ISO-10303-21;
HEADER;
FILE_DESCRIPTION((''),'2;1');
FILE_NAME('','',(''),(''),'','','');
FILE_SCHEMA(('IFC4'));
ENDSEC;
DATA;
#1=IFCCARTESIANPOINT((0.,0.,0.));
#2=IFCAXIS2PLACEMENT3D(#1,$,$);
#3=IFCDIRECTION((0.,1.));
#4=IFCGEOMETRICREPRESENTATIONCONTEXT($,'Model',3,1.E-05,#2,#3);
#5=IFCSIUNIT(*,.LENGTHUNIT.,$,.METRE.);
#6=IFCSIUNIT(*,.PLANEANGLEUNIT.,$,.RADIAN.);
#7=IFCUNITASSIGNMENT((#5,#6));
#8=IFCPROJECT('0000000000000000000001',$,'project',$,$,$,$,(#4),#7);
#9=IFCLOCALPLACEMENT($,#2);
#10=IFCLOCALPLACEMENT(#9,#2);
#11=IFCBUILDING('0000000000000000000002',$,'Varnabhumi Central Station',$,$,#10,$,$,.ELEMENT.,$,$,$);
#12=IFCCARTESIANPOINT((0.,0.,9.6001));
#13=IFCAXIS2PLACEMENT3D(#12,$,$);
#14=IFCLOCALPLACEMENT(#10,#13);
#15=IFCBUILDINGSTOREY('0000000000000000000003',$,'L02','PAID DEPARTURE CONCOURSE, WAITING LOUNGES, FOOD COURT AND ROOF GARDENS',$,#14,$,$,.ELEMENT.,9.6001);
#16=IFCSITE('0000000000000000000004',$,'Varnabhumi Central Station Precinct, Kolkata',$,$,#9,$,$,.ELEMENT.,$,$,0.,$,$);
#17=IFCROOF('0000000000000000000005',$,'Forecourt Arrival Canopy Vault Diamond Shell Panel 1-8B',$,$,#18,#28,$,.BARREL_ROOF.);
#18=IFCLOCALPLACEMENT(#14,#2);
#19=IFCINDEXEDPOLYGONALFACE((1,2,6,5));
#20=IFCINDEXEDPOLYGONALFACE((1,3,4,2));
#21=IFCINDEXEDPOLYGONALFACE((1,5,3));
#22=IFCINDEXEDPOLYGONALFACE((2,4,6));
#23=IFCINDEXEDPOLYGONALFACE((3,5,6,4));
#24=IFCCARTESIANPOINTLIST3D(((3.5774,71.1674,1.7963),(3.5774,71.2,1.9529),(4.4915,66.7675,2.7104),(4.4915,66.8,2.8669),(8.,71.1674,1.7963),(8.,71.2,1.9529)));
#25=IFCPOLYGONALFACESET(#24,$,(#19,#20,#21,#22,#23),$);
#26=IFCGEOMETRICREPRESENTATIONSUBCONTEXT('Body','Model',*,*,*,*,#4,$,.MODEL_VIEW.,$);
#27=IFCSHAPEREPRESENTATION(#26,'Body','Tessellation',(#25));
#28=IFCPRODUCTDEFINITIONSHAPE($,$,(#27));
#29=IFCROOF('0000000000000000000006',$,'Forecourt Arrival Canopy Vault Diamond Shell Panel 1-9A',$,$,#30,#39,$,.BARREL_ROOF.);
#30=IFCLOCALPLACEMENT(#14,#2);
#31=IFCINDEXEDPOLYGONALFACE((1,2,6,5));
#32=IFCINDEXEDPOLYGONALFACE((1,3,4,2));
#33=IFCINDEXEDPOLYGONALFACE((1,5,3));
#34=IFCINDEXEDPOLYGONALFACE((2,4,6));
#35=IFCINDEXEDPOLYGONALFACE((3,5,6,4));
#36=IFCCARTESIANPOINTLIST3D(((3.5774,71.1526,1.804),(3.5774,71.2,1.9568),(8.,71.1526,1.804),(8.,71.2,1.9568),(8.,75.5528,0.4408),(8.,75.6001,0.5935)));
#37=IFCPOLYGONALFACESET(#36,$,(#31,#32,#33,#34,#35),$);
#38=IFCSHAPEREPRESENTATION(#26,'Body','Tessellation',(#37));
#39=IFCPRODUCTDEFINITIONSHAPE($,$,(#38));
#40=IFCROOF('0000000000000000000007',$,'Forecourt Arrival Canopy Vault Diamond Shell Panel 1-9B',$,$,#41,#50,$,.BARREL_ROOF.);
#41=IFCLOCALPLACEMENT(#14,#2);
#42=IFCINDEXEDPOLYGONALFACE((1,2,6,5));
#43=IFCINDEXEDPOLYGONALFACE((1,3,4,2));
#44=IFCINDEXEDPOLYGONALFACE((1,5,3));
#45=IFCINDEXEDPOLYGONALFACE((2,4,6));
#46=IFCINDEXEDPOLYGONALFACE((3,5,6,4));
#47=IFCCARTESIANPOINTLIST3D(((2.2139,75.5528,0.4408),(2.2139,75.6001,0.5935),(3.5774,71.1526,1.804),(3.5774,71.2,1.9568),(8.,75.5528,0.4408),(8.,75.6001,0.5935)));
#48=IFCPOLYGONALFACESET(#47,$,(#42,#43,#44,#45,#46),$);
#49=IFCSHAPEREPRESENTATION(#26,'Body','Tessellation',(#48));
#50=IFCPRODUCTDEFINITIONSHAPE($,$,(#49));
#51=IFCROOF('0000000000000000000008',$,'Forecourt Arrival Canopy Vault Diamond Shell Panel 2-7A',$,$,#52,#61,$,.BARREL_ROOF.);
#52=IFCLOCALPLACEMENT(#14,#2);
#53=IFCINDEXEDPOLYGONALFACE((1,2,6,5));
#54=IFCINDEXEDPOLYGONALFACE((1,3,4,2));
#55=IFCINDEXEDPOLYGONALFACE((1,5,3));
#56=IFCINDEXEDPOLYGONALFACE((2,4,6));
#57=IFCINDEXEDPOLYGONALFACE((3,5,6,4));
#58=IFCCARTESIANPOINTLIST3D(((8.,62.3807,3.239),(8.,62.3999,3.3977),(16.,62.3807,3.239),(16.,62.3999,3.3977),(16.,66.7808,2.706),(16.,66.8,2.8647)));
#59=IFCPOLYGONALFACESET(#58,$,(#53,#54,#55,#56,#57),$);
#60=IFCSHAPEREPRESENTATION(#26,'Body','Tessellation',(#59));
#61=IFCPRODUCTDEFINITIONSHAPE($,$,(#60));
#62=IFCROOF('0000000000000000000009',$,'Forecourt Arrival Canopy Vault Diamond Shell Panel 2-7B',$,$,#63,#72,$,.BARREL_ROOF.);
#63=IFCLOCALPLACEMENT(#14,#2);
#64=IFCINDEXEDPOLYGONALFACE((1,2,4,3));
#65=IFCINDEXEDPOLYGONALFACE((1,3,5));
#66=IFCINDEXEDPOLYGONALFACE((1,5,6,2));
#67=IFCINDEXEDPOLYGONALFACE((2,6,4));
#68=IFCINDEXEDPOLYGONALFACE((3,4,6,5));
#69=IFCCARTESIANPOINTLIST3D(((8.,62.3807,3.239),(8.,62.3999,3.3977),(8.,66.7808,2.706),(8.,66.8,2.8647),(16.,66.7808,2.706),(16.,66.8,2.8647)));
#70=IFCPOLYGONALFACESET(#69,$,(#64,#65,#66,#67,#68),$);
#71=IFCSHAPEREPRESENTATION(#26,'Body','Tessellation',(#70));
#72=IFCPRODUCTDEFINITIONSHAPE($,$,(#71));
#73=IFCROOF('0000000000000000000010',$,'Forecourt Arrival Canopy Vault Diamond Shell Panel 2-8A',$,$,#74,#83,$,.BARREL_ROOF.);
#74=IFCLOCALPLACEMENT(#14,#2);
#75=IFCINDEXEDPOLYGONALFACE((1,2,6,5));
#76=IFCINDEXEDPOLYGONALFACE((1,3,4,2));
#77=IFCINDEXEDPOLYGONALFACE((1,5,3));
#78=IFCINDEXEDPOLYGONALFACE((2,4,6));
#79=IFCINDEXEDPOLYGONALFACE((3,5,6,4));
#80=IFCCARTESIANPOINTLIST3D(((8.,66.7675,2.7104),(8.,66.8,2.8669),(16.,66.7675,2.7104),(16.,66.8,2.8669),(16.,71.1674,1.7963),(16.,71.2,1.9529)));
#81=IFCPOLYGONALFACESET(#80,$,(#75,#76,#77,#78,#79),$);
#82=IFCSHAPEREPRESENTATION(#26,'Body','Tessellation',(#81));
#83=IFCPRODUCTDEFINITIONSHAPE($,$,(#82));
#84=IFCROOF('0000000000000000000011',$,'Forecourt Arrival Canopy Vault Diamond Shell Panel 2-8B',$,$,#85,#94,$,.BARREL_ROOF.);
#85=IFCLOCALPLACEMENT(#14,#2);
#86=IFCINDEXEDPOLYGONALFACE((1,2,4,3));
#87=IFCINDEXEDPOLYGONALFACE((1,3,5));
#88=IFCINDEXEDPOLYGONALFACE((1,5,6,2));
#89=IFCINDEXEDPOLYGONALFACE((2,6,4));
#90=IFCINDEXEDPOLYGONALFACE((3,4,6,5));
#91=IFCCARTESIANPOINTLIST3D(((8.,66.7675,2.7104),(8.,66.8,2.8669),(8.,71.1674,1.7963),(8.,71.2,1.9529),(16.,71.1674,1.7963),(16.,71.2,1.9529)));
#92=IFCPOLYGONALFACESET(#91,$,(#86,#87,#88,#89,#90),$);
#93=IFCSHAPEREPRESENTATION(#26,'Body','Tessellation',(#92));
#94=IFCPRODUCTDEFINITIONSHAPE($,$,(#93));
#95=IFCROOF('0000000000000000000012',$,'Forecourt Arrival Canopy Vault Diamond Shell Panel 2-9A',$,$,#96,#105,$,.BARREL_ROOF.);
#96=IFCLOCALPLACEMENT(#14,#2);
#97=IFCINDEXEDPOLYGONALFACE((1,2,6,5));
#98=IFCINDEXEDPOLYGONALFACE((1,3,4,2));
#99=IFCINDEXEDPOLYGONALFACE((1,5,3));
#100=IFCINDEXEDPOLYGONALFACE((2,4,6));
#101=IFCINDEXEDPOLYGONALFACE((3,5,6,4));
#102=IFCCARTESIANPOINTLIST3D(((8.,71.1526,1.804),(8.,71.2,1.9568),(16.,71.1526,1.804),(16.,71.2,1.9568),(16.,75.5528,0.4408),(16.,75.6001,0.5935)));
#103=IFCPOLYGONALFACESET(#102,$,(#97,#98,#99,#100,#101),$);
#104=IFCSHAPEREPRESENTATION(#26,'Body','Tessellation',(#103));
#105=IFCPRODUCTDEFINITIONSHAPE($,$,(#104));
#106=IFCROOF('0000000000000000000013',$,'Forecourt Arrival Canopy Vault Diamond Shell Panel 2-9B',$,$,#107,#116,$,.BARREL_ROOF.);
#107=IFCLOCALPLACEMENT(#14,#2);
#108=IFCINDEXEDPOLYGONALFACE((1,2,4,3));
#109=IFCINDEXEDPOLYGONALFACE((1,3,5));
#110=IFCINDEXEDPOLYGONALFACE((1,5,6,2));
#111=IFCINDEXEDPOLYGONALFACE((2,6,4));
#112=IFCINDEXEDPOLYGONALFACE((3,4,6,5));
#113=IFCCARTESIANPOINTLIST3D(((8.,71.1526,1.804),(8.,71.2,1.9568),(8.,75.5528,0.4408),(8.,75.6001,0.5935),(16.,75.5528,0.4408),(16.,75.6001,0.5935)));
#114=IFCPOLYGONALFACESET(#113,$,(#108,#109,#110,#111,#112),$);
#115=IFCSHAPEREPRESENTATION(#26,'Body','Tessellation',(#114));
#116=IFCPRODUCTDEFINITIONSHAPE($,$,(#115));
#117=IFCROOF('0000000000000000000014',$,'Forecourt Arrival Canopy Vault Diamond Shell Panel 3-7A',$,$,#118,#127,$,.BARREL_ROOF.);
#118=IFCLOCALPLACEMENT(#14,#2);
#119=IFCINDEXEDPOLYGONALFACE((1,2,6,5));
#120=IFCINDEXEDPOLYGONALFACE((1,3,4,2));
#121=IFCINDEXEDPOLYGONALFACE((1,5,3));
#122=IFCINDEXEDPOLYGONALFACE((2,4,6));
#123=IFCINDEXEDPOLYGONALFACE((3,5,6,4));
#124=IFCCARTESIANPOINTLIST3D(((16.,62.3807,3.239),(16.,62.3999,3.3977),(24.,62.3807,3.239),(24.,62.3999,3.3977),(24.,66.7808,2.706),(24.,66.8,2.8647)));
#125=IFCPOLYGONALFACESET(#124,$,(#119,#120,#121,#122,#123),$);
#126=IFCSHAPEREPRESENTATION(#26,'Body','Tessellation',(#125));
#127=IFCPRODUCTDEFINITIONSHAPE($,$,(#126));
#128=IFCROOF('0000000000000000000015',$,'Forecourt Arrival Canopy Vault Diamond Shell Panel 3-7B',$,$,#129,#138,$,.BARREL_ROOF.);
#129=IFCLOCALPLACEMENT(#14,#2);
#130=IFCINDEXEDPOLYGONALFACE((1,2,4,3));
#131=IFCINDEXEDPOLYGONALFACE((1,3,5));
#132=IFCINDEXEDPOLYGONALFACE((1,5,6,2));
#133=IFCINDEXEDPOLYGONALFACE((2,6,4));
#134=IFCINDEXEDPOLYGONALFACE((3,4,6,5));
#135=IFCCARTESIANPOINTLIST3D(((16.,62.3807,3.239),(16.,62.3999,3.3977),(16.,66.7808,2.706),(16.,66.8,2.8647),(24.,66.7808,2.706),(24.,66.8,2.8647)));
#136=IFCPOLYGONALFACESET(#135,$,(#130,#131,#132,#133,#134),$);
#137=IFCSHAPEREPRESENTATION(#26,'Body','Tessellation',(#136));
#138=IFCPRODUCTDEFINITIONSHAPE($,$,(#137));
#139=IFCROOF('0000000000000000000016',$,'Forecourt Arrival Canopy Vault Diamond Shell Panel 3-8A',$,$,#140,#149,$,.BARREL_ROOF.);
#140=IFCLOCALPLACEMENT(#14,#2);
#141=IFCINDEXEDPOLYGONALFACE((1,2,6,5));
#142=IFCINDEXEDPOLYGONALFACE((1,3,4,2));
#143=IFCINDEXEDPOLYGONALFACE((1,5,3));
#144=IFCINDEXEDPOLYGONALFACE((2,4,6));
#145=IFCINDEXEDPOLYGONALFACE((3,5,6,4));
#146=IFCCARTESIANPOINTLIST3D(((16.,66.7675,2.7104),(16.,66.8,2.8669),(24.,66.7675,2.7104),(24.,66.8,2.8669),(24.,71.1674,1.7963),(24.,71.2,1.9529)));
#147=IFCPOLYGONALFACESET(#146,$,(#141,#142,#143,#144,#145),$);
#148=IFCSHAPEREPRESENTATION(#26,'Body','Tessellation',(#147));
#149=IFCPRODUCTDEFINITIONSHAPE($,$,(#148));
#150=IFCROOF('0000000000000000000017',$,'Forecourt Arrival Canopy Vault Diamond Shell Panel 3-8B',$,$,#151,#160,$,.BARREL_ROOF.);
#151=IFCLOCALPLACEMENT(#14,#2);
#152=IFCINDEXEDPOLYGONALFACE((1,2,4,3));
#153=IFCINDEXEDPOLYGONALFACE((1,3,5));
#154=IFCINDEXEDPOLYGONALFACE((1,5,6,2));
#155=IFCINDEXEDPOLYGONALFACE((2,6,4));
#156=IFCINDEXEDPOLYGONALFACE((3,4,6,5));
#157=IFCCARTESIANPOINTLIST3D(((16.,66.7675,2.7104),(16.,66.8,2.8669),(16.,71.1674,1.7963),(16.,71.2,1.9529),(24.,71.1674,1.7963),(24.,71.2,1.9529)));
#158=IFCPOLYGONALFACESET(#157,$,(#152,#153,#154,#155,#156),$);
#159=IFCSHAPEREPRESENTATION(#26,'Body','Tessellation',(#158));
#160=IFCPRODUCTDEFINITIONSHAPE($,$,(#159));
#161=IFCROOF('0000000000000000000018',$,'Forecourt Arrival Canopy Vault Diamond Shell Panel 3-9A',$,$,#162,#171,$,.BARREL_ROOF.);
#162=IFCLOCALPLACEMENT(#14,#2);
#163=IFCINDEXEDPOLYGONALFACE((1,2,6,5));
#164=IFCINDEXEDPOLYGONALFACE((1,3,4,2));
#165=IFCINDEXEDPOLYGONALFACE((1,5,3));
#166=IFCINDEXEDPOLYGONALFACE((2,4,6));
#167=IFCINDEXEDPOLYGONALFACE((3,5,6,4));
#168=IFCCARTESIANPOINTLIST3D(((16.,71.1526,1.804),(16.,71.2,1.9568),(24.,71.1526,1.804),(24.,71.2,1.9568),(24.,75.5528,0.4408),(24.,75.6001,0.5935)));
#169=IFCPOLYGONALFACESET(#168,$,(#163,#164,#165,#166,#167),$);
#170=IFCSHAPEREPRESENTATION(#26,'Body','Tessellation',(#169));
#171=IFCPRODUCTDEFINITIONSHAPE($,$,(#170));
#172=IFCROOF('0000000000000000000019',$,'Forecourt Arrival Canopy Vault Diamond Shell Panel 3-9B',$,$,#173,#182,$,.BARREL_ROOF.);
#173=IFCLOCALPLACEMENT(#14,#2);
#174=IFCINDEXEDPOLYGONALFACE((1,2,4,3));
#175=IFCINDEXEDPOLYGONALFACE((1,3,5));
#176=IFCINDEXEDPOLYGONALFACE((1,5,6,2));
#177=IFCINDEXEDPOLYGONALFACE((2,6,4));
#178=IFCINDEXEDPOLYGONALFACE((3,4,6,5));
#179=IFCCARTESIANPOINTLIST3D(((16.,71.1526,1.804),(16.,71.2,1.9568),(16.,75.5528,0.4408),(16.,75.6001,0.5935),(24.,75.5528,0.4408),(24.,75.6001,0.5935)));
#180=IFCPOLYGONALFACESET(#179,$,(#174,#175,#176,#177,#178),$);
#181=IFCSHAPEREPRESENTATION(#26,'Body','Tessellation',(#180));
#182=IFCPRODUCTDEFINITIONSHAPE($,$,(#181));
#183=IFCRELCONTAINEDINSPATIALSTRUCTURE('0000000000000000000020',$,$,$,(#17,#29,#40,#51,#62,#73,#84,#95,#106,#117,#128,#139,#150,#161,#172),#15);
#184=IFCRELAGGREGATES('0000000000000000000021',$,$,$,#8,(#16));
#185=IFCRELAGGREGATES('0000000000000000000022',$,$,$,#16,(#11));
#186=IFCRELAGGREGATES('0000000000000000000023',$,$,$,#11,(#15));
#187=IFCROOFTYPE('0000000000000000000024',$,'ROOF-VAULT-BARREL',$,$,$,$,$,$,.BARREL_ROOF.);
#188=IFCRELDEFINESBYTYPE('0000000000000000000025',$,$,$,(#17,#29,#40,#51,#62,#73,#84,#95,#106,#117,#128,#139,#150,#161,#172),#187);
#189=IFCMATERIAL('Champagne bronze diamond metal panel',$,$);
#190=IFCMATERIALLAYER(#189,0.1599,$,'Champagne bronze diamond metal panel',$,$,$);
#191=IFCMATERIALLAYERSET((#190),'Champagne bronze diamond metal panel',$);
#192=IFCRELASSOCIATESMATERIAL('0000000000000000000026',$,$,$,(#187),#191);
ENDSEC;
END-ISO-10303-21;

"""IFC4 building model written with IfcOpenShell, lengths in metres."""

from ifc_helpers import new_model, si_unit, direction, frame, origin, place, context, subcontext, project, spatial, polyline, outline, extrude, material, layer, layer_set, type_object, element, save


model = new_model("IFC4")

# Units and contexts
model_context = context("Model", 3, precision=1e-05, world=origin(), true_north=direction((0.0, 1.0)))
body_context = subcontext(model_context, "Body", "Model", "MODEL_VIEW")
ifc_project = project(units=[si_unit("LENGTHUNIT", "METRE"), si_unit("PLANEANGLEUNIT", "RADIAN")], contexts=[model_context])

# Site, building, storey
site_placement = place(None, origin())
site = spatial("IfcSite", under=ifc_project, at=site_placement, Name="Varnabhumi Central Station Precinct, Kolkata", CompositionType="ELEMENT", RefElevation=0.0)
building_placement = place(site_placement, origin())
building = spatial("IfcBuilding", under=site, at=building_placement, Name="Varnabhumi Central Station", CompositionType="ELEMENT")
storey_placement = place(building_placement, frame((0.0, 0.0, 9.6001)))
storey = spatial("IfcBuildingStorey", under=building, at=storey_placement, Name="L02", Description="PAID DEPARTURE CONCOURSE, WAITING LOUNGES, FOOD COURT AND ROOF GARDENS", CompositionType="ELEMENT", Elevation=9.6001)

# Roofs
ifc_material_1 = material(Name="Champagne bronze diamond metal panel")
ifc_layer_1 = layer(ifc_material_1, 0.1599, Name="Champagne bronze diamond metal panel")
ifc_layer_set_1 = layer_set([ifc_layer_1], Name="Champagne bronze diamond metal panel")
roof_type = type_object("IfcRoofType", Name="ROOF-VAULT-BARREL", PredefinedType="BARREL_ROOF", material=ifc_layer_set_1)
roof_1_placement = place(storey_placement, frame((4.4915, 66.8, 2.8669), z_axis=(0.0, 0.203403, 0.979095), x_axis=(0.615397, 0.77174, -0.160326)))
element("IfcRoof", 1, at=roof_1_placement, inside=storey, type_object=roof_type, Name="Forecourt Arrival Canopy Vault Diamond Shell Panel 1-8B", PredefinedType="BARREL_ROOF", context=body_context, shape_type="SweptSolid", body=[
    extrude(outline(polyline([(0.0, 0.0), (5.7013, 0.0), (2.9796, 3.486), (0.0, 0.0)])), origin(), (0.0, 0.0, -1.0), 0.1599),
])
roof_2_placement = place(storey_placement, frame((3.5774, 71.2, 1.9568), z_axis=(0.0, 0.295947, 0.955204), x_axis=(1.0, 0.0, 0.0)))
element("IfcRoof", 2, at=roof_2_placement, inside=storey, type_object=roof_type, Name="Forecourt Arrival Canopy Vault Diamond Shell Panel 1-9A", PredefinedType="BARREL_ROOF", context=body_context, shape_type="SweptSolid", body=[
    extrude(outline(polyline([(0.0, 0.0), (4.4226, 0.0), (4.4226, 4.6065), (0.0, 0.0)])), origin(), (0.0, 0.0, -1.0), 0.1599),
])
roof_3_placement = place(storey_placement, frame((3.5774, 71.2, 1.9568), z_axis=(0.0, 0.295947, 0.955204), x_axis=(0.692562, 0.689045, -0.213484)))
element("IfcRoof", 3, at=roof_3_placement, inside=storey, type_object=roof_type, Name="Forecourt Arrival Canopy Vault Diamond Shell Panel 1-9B", PredefinedType="BARREL_ROOF", context=body_context, shape_type="SweptSolid", body=[
    extrude(outline(polyline([(0.0, 0.0), (6.3859, 0.0), (2.3786, 4.1739), (0.0, 0.0)])), origin(), (0.0, 0.0, -1.0), 0.1599),
])
roof_4_placement = place(storey_placement, frame((8.0, 62.3999, 3.3977), z_axis=(0.0, 0.120244, 0.992744), x_axis=(1.0, 0.0, 0.0)))
element("IfcRoof", 4, at=roof_4_placement, inside=storey, type_object=roof_type, Name="Forecourt Arrival Canopy Vault Diamond Shell Panel 2-7A", PredefinedType="BARREL_ROOF", context=body_context, shape_type="SweptSolid", body=[
    extrude(outline(polyline([(0.0, 0.0), (8.0, 0.0), (8.0, 4.4323), (0.0, 0.0)])), origin(), (0.0, 0.0, -1.0), 0.1599),
])
roof_5_placement = place(storey_placement, frame((8.0, 62.3999, 3.3977), z_axis=(0.0, 0.120244, 0.992744), x_axis=(0.87472, 0.481112, -0.058274)))
element("IfcRoof", 5, at=roof_5_placement, inside=storey, type_object=roof_type, Name="Forecourt Arrival Canopy Vault Diamond Shell Panel 2-7B", PredefinedType="BARREL_ROOF", context=body_context, shape_type="SweptSolid", body=[
    extrude(outline(polyline([(0.0, 0.0), (9.1458, 0.0), (2.148, 3.877), (0.0, 0.0)])), origin(), (0.0, 0.0, -1.0), 0.1599),
])
roof_6_placement = place(storey_placement, frame((8.0, 66.8, 2.8669), z_axis=(0.0, 0.203403, 0.979095), x_axis=(1.0, 0.0, 0.0)))
element("IfcRoof", 6, at=roof_6_placement, inside=storey, type_object=roof_type, Name="Forecourt Arrival Canopy Vault Diamond Shell Panel 2-8A", PredefinedType="BARREL_ROOF", context=body_context, shape_type="SweptSolid", body=[
    extrude(outline(polyline([(0.0, 0.0), (8.0, 0.0), (8.0, 4.4938), (0.0, 0.0)])), origin(), (0.0, 0.0, -1.0), 0.1599),
])
roof_7_placement = place(storey_placement, frame((8.0, 66.8, 2.8669), z_axis=(0.0, 0.203403, 0.979095), x_axis=(0.871862, 0.479513, -0.099617)))
element("IfcRoof", 7, at=roof_7_placement, inside=storey, type_object=roof_type, Name="Forecourt Arrival Canopy Vault Diamond Shell Panel 2-8B", PredefinedType="BARREL_ROOF", context=body_context, shape_type="SweptSolid", body=[
    extrude(outline(polyline([(0.0, 0.0), (9.1758, 0.0), (2.2009, 3.918), (0.0, 0.0)])), origin(), (0.0, 0.0, -1.0), 0.1599),
])
roof_8_placement = place(storey_placement, frame((8.0, 71.2, 1.9568), z_axis=(0.0, 0.295947, 0.955204), x_axis=(1.0, 0.0, 0.0)))
element("IfcRoof", 8, at=roof_8_placement, inside=storey, type_object=roof_type, Name="Forecourt Arrival Canopy Vault Diamond Shell Panel 2-9A", PredefinedType="BARREL_ROOF", context=body_context, shape_type="SweptSolid", body=[
    extrude(outline(polyline([(0.0, 0.0), (8.0, 0.0), (8.0, 4.6065), (0.0, 0.0)])), origin(), (0.0, 0.0, -1.0), 0.1599),
])
roof_9_placement = place(storey_placement, frame((8.0, 71.2, 1.9568), z_axis=(0.0, 0.295947, 0.955204), x_axis=(0.866602, 0.476647, -0.147678)))
element("IfcRoof", 9, at=roof_9_placement, inside=storey, type_object=roof_type, Name="Forecourt Arrival Canopy Vault Diamond Shell Panel 2-9B", PredefinedType="BARREL_ROOF", context=body_context, shape_type="SweptSolid", body=[
    extrude(outline(polyline([(0.0, 0.0), (9.2315, 0.0), (2.2986, 3.992), (0.0, 0.0)])), origin(), (0.0, 0.0, -1.0), 0.1599),
])
roof_10_placement = place(storey_placement, frame((16.0, 62.3999, 3.3977), z_axis=(0.0, 0.120244, 0.992744), x_axis=(1.0, 0.0, 0.0)))
element("IfcRoof", 10, at=roof_10_placement, inside=storey, type_object=roof_type, Name="Forecourt Arrival Canopy Vault Diamond Shell Panel 3-7A", PredefinedType="BARREL_ROOF", context=body_context, shape_type="SweptSolid", body=[
    extrude(outline(polyline([(0.0, 0.0), (8.0, 0.0), (8.0, 4.4323), (0.0, 0.0)])), origin(), (0.0, 0.0, -1.0), 0.1599),
])
roof_11_placement = place(storey_placement, frame((16.0, 62.3999, 3.3977), z_axis=(0.0, 0.120244, 0.992744), x_axis=(0.87472, 0.481112, -0.058274)))
element("IfcRoof", 11, at=roof_11_placement, inside=storey, type_object=roof_type, Name="Forecourt Arrival Canopy Vault Diamond Shell Panel 3-7B", PredefinedType="BARREL_ROOF", context=body_context, shape_type="SweptSolid", body=[
    extrude(outline(polyline([(0.0, 0.0), (9.1458, 0.0), (2.148, 3.877), (0.0, 0.0)])), origin(), (0.0, 0.0, -1.0), 0.1599),
])
roof_12_placement = place(storey_placement, frame((16.0, 66.8, 2.8669), z_axis=(0.0, 0.203403, 0.979095), x_axis=(1.0, 0.0, 0.0)))
element("IfcRoof", 12, at=roof_12_placement, inside=storey, type_object=roof_type, Name="Forecourt Arrival Canopy Vault Diamond Shell Panel 3-8A", PredefinedType="BARREL_ROOF", context=body_context, shape_type="SweptSolid", body=[
    extrude(outline(polyline([(0.0, 0.0), (8.0, 0.0), (8.0, 4.4938), (0.0, 0.0)])), origin(), (0.0, 0.0, -1.0), 0.1599),
])
roof_13_placement = place(storey_placement, frame((16.0, 66.8, 2.8669), z_axis=(0.0, 0.203403, 0.979095), x_axis=(0.871862, 0.479513, -0.099617)))
element("IfcRoof", 13, at=roof_13_placement, inside=storey, type_object=roof_type, Name="Forecourt Arrival Canopy Vault Diamond Shell Panel 3-8B", PredefinedType="BARREL_ROOF", context=body_context, shape_type="SweptSolid", body=[
    extrude(outline(polyline([(0.0, 0.0), (9.1758, 0.0), (2.2009, 3.918), (0.0, 0.0)])), origin(), (0.0, 0.0, -1.0), 0.1599),
])
roof_14_placement = place(storey_placement, frame((16.0, 71.2, 1.9568), z_axis=(0.0, 0.295947, 0.955204), x_axis=(1.0, 0.0, 0.0)))
element("IfcRoof", 14, at=roof_14_placement, inside=storey, type_object=roof_type, Name="Forecourt Arrival Canopy Vault Diamond Shell Panel 3-9A", PredefinedType="BARREL_ROOF", context=body_context, shape_type="SweptSolid", body=[
    extrude(outline(polyline([(0.0, 0.0), (8.0, 0.0), (8.0, 4.6065), (0.0, 0.0)])), origin(), (0.0, 0.0, -1.0), 0.1599),
])
roof_15_placement = place(storey_placement, frame((16.0, 71.2, 1.9568), z_axis=(0.0, 0.295947, 0.955204), x_axis=(0.866602, 0.476647, -0.147678)))
element("IfcRoof", 15, at=roof_15_placement, inside=storey, type_object=roof_type, Name="Forecourt Arrival Canopy Vault Diamond Shell Panel 3-9B", PredefinedType="BARREL_ROOF", context=body_context, shape_type="SweptSolid", body=[
    extrude(outline(polyline([(0.0, 0.0), (9.2315, 0.0), (2.2986, 3.992), (0.0, 0.0)])), origin(), (0.0, 0.0, -1.0), 0.1599),
])

save(model, "model.ifc")
